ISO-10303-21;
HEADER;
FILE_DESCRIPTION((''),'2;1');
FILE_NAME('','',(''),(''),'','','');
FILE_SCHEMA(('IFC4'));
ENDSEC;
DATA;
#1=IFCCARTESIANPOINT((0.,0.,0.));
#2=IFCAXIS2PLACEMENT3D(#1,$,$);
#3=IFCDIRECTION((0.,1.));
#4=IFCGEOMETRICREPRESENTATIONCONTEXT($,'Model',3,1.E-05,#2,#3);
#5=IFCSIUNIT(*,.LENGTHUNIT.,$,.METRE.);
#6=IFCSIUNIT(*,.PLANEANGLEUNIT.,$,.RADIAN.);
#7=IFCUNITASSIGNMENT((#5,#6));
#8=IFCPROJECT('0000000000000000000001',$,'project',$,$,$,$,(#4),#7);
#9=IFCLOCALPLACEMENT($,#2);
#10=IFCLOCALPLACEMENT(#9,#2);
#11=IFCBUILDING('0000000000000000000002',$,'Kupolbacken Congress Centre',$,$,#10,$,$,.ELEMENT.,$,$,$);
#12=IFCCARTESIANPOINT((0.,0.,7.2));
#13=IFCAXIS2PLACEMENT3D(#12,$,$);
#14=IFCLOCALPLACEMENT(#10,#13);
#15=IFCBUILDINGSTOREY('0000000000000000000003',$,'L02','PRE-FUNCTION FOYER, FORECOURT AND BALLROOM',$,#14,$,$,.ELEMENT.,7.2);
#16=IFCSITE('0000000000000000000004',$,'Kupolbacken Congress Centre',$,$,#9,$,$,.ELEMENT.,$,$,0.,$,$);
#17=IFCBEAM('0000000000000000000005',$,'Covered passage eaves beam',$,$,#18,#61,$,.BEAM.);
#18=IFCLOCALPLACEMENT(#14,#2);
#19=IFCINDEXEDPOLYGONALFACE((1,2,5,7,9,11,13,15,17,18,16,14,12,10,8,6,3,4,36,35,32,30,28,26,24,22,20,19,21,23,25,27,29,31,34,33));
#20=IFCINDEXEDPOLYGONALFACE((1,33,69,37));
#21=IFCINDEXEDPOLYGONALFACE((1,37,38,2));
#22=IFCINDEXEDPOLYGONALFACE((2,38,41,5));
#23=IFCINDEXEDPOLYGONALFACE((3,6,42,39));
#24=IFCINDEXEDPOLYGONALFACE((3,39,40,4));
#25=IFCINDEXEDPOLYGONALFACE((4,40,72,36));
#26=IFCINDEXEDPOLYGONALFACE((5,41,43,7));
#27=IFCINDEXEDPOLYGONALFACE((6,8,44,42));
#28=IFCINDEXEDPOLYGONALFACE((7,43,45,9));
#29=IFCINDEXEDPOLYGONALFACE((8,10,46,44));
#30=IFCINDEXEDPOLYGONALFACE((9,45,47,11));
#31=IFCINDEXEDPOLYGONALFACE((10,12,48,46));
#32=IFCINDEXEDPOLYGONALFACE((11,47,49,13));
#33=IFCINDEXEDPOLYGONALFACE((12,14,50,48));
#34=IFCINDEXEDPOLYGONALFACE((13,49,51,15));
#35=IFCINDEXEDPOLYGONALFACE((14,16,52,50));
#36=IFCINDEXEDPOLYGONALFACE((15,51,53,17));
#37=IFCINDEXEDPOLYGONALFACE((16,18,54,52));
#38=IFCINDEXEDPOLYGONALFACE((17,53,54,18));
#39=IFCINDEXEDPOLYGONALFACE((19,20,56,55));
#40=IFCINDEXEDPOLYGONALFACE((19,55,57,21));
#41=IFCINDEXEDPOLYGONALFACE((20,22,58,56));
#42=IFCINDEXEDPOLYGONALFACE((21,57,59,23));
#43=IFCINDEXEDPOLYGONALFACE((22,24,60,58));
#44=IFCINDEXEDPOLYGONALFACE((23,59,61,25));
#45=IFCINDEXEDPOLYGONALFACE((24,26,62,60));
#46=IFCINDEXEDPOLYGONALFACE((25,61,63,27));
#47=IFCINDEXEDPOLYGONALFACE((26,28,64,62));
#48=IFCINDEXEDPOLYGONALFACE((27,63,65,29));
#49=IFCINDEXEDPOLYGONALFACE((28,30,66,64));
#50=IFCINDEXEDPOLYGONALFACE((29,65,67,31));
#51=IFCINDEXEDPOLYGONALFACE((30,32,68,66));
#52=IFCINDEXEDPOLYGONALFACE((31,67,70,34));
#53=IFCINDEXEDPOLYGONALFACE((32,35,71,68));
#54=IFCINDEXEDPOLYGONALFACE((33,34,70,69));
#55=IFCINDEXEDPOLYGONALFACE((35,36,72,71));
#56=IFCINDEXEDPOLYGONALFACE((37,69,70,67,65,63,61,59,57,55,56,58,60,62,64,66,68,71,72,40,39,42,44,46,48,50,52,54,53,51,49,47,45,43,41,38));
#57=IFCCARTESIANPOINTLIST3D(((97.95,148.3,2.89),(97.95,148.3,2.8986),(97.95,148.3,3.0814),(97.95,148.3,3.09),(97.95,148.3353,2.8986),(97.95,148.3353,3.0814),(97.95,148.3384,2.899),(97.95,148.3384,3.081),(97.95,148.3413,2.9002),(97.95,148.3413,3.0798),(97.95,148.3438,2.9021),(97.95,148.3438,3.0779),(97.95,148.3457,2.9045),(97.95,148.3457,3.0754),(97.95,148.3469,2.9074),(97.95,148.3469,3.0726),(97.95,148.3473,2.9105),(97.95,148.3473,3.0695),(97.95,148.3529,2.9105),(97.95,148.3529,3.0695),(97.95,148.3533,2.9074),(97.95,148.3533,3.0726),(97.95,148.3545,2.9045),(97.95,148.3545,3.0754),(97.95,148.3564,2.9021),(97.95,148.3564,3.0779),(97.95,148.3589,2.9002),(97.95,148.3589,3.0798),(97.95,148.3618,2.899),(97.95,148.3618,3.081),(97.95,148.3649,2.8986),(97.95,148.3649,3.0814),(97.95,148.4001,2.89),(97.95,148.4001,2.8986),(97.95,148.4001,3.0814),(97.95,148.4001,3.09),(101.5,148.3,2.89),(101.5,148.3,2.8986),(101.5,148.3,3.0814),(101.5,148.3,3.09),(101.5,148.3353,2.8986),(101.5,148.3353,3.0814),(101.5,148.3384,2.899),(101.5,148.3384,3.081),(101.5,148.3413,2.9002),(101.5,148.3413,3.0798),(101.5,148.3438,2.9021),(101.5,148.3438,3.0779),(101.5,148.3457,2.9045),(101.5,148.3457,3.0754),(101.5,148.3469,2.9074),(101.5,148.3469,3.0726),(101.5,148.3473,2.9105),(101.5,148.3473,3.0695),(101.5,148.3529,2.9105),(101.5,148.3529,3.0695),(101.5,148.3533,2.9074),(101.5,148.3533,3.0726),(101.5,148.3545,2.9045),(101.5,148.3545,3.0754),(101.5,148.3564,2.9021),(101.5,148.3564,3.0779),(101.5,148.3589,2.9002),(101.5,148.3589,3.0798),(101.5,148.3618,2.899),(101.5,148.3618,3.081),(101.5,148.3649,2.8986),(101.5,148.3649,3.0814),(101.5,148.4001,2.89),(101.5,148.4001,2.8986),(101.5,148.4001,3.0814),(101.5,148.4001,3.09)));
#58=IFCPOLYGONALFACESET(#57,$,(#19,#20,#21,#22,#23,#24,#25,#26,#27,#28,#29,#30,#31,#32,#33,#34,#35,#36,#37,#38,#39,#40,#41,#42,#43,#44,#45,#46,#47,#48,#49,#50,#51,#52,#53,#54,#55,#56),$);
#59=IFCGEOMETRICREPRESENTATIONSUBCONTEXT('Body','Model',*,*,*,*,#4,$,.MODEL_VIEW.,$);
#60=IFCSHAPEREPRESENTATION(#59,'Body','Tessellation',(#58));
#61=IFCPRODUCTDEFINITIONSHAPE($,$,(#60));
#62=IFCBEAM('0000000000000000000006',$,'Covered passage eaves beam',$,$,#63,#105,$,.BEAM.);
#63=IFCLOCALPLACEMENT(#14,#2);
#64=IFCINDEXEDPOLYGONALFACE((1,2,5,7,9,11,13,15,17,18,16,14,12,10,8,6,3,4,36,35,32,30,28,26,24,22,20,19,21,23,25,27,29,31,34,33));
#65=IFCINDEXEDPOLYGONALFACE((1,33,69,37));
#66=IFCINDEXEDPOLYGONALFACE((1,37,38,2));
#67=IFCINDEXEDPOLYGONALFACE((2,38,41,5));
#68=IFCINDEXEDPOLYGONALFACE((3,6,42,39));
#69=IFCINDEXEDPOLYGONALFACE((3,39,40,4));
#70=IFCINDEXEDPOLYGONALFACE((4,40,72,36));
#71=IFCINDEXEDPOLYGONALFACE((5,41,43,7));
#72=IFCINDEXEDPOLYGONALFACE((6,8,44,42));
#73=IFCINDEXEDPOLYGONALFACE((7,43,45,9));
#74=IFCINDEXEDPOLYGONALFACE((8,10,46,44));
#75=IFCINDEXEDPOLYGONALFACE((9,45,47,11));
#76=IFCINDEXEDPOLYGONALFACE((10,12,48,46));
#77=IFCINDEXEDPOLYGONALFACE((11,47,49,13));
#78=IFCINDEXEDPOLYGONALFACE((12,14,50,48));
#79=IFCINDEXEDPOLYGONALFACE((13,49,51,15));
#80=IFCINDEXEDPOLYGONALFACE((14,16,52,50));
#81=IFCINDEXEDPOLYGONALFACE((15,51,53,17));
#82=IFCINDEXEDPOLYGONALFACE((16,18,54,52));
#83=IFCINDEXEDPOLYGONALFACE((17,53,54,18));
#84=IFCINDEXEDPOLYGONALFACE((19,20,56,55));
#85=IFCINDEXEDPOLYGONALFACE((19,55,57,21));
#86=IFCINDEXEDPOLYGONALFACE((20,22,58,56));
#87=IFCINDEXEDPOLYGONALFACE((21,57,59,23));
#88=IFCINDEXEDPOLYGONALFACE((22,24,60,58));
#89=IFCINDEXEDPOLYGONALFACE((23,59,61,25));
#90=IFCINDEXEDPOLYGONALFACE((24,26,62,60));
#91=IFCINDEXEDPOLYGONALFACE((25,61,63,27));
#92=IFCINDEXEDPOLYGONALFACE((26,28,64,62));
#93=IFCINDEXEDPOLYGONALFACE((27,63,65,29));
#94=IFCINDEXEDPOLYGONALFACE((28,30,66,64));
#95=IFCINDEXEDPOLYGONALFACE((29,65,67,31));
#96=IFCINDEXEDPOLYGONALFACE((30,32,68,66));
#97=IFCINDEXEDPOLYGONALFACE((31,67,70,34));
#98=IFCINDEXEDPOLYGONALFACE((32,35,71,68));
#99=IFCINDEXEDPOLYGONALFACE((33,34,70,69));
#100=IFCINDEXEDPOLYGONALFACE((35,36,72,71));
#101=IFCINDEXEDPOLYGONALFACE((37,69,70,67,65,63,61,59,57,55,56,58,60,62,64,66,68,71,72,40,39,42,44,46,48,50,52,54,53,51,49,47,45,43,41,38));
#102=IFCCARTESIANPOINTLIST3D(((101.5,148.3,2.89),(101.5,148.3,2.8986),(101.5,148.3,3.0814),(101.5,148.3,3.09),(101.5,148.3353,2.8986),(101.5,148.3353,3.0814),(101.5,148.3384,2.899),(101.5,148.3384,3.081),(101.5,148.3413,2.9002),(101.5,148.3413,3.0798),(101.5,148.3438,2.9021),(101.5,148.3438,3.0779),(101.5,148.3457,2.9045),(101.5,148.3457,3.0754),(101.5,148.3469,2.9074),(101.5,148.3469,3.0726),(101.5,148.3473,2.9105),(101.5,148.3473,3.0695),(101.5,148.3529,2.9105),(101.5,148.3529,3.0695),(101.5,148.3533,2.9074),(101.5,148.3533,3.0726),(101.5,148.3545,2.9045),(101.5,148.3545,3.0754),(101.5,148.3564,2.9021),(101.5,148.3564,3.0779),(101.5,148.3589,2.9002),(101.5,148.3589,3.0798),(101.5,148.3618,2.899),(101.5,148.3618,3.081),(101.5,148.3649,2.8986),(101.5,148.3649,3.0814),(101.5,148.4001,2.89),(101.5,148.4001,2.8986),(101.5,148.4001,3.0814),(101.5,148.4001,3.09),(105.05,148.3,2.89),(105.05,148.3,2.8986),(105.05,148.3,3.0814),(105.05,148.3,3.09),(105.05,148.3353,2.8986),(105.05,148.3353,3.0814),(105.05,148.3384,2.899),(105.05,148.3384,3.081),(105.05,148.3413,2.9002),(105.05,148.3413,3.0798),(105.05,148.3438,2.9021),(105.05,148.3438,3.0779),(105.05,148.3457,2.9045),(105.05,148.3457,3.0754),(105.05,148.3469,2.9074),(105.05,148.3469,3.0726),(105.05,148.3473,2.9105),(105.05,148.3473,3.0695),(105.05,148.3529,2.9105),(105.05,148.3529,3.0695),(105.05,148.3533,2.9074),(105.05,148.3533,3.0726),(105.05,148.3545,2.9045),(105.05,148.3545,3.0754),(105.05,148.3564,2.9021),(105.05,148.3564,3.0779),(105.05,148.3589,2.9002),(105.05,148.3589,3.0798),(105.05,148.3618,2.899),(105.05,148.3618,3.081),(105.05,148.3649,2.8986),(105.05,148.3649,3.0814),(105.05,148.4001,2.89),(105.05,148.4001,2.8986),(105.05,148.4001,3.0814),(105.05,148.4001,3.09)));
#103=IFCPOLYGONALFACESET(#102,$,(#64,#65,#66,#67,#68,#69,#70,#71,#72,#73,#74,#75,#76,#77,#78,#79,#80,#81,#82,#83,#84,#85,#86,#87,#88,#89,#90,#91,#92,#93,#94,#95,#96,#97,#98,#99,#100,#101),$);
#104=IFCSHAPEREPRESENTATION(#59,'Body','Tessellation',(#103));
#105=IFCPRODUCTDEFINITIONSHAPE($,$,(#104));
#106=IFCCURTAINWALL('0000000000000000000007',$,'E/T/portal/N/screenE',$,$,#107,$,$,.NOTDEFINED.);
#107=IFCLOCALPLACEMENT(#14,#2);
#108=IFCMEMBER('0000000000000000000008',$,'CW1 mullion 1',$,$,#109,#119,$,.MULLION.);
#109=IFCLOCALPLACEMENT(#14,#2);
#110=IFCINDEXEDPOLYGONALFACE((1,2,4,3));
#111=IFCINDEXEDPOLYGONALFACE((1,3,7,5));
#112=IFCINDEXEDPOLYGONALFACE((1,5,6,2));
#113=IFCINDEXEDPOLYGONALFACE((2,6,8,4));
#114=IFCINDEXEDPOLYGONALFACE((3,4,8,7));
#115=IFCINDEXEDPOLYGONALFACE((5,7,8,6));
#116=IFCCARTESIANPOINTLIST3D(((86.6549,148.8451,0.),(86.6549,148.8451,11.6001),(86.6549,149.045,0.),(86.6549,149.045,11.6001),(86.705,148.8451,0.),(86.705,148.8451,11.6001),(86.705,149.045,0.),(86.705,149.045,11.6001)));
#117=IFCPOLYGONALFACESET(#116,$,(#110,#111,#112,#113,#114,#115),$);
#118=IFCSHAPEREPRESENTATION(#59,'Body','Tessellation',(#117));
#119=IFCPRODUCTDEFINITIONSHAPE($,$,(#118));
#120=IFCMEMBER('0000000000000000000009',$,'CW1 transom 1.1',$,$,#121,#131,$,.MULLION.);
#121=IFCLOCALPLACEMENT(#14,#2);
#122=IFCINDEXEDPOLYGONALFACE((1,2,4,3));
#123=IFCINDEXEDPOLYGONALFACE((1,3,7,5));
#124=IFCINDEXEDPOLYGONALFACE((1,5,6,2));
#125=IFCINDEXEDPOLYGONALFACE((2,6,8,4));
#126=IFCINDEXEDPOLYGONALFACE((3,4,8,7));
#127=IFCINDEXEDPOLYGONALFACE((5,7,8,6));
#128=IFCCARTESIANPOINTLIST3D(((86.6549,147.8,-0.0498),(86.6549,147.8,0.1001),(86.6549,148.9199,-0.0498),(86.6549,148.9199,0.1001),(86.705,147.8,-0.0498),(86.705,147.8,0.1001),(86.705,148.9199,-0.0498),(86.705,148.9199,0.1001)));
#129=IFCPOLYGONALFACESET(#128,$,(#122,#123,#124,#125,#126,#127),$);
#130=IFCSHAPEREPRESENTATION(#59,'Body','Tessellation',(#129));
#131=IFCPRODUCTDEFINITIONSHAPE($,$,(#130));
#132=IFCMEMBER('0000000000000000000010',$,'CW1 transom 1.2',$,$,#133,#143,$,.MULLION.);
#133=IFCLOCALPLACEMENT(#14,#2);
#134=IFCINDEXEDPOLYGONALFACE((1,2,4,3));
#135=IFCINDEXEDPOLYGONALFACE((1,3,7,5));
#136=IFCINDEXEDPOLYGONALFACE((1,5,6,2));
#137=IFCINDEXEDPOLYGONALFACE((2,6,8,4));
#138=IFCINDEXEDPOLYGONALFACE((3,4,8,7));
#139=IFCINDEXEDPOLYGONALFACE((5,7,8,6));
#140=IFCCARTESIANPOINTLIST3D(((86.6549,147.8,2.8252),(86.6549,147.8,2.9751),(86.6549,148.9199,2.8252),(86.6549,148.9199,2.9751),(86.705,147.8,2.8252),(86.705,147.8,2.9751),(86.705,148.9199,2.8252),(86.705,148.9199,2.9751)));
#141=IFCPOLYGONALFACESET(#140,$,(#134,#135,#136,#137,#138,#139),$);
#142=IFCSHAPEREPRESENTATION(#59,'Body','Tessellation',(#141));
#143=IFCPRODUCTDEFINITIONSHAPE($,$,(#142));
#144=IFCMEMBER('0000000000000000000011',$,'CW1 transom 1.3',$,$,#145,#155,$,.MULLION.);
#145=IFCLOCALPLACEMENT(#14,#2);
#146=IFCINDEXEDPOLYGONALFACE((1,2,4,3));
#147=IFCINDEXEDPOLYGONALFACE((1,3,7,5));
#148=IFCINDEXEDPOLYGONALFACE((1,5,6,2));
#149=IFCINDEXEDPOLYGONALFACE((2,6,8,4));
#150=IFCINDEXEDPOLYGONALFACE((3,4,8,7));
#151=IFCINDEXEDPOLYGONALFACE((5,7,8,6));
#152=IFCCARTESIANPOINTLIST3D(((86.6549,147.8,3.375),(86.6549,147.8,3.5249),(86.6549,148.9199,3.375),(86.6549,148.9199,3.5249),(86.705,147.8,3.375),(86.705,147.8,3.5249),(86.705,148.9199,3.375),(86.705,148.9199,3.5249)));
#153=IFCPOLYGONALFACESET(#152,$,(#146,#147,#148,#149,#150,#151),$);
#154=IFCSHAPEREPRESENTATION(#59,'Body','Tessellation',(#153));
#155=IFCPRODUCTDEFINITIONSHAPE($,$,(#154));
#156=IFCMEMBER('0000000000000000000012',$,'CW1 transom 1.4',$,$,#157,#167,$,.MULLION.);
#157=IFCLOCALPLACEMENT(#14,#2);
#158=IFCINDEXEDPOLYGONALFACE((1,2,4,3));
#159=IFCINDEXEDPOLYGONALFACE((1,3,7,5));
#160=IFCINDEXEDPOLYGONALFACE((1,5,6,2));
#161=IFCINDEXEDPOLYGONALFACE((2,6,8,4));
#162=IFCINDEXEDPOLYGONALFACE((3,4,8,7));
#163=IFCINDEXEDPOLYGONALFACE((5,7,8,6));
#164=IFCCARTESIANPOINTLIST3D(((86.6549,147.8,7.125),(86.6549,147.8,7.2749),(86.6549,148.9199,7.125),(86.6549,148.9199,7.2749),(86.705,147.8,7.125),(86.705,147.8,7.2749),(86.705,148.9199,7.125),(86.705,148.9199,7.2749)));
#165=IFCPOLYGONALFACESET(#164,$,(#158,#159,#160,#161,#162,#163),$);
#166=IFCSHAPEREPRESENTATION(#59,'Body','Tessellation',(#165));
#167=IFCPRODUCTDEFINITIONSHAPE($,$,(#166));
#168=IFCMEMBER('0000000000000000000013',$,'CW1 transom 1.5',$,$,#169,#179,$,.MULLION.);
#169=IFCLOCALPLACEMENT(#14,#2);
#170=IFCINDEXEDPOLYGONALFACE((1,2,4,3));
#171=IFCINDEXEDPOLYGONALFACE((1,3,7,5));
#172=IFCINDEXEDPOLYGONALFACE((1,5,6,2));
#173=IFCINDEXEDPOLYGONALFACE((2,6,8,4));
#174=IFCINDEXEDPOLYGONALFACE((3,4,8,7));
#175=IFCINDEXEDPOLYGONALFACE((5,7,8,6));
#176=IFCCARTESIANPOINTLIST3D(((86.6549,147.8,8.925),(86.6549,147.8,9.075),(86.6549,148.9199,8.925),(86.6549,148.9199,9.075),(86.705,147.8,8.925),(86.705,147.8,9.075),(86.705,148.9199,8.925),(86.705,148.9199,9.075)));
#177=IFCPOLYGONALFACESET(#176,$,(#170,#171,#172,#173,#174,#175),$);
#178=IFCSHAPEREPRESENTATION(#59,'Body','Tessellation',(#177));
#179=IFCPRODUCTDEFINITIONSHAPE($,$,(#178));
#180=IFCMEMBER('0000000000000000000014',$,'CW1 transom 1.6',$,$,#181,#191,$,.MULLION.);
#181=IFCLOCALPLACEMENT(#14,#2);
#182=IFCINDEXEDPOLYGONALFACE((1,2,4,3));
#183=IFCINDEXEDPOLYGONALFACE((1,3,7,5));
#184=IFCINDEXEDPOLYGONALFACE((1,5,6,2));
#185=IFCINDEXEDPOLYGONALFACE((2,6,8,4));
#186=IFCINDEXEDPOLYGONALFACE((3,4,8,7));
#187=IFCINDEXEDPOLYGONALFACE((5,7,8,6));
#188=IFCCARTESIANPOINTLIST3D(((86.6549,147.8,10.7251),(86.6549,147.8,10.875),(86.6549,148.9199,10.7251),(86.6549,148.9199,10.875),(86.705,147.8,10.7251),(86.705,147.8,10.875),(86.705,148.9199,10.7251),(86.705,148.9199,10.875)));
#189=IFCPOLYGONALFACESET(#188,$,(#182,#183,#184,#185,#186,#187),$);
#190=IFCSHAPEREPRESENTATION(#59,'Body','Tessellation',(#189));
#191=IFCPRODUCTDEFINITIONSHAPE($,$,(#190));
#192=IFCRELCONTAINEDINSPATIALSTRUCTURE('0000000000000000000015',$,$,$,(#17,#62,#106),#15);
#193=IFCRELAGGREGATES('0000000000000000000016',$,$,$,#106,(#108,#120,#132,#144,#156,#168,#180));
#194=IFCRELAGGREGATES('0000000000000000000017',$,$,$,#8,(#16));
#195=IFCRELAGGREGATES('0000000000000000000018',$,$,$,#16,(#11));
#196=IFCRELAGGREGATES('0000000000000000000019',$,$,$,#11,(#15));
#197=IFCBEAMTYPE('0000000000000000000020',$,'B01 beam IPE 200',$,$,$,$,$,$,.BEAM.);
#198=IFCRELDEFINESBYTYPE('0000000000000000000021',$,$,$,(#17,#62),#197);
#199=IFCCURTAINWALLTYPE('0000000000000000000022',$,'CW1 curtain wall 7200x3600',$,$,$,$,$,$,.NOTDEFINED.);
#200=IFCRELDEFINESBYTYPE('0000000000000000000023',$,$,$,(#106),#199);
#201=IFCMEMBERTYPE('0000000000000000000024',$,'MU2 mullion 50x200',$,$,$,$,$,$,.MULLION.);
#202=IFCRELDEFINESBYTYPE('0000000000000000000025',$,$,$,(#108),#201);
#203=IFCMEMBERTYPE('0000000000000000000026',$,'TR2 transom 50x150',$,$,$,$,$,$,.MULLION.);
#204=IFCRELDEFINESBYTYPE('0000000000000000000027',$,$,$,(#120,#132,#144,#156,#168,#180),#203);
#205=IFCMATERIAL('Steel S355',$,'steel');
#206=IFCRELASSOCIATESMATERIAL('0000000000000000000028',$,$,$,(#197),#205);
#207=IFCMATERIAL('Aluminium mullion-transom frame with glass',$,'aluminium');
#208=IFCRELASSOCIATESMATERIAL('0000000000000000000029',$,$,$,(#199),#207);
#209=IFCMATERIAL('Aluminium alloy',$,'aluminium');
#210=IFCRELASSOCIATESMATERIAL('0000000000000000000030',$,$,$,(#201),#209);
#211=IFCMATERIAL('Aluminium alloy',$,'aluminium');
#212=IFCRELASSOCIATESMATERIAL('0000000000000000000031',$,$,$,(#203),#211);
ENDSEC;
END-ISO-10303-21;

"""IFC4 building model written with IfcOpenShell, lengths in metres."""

from ifc_helpers import new_model, si_unit, direction, frame, origin, origin_2d, place, context, subcontext, project, spatial, rectangle, i_section, extrude, material, material_profile, profile_set, type_object, element, aggregate, save


model = new_model("IFC4")

# Units and contexts
model_context = context("Model", 3, precision=1e-05, world=origin(), true_north=direction((0.0, 1.0)))
body_context = subcontext(model_context, "Body", "Model", "MODEL_VIEW")
ifc_project = project(units=[si_unit("LENGTHUNIT", "METRE"), si_unit("PLANEANGLEUNIT", "RADIAN")], contexts=[model_context])

# Site, building, storey
site_placement = place(None, origin())
site = spatial("IfcSite", under=ifc_project, at=site_placement, Name="Kupolbacken Congress Centre", CompositionType="ELEMENT", RefElevation=0.0)
building_placement = place(site_placement, origin())
building = spatial("IfcBuilding", under=site, at=building_placement, Name="Kupolbacken Congress Centre", CompositionType="ELEMENT")
storey_placement = place(building_placement, frame((0.0, 0.0, 7.2)))
storey = spatial("IfcBuildingStorey", under=building, at=storey_placement, Name="L02", Description="PRE-FUNCTION FOYER, FORECOURT AND BALLROOM", CompositionType="ELEMENT", Elevation=7.2)

# Beams
ifc_material_1 = material(Name="Steel S355", Category="steel")
ifc_material_profile_1 = material_profile(ifc_material_1, i_section(OverallWidth=0.1001, OverallDepth=0.2, WebThickness=0.0056, FlangeThickness=0.0085, FilletRadius=0.012, at=origin_2d()), Name="IPE 200")
ifc_profile_set_1 = profile_set([ifc_material_profile_1], Name="Steel S355")
beam_type = type_object("IfcBeamType", Name="B01 beam IPE 200", PredefinedType="BEAM", material=ifc_profile_set_1)
for number, where, z_axis, x_axis, name in (
    (1, (97.95, 148.3501, 2.99), (1.0, 0.0, 0.0), (0.0, 1.0, 0.0), "Covered passage eaves beam"),
    (2, (101.5, 148.3501, 2.99), (1.0, 0.0, 0.0), (0.0, 1.0, 0.0), "Covered passage eaves beam"),
):
    element("IfcBeam", number, at=place(storey_placement, frame(where, z_axis=z_axis, x_axis=x_axis)), inside=storey, type_object=beam_type, Name=name, PredefinedType="BEAM", context=body_context, shape_type="SweptSolid", body=[
        extrude(i_section(OverallWidth=0.1001, OverallDepth=0.2, WebThickness=0.0056, FlangeThickness=0.0085, FilletRadius=0.012, at=origin_2d()), origin(), (0.0, 0.0, 1.0), 3.55),
    ])

# Curtain wall, members
ifc_material_2 = material(Name="Aluminium mullion-transom frame with glass", Category="aluminium")
curtain_wall_type = type_object("IfcCurtainWallType", Name="CW1 curtain wall 7200x3600", PredefinedType="NOTDEFINED", material=ifc_material_2)
curtain_wall_placement = place(storey_placement, origin())
curtain_wall = element("IfcCurtainWall", 3, at=curtain_wall_placement, inside=storey, type_object=curtain_wall_type, Name="E/T/portal/N/screenE", PredefinedType="NOTDEFINED")
ifc_material_3 = material(Name="Aluminium alloy", Category="aluminium")
ifc_material_profile_2 = material_profile(ifc_material_3, rectangle(XDim=0.05, YDim=0.2, at=origin_2d()), Name="50 x 200")
ifc_profile_set_2 = profile_set([ifc_material_profile_2], Name="Aluminium alloy")
member_type_1 = type_object("IfcMemberType", Name="MU2 mullion 50x200", PredefinedType="MULLION", material=ifc_profile_set_2)
member_1_placement = place(storey_placement, frame((86.6799, 148.9451, 0.0), z_axis=(0.0, 0.0, 1.0), x_axis=(1.0, 0.0, 0.0)))
member_1 = element("IfcMember", 4, at=member_1_placement, type_object=member_type_1, Name="CW1 mullion 1", PredefinedType="MULLION", context=body_context, shape_type="SweptSolid", body=[
    extrude(rectangle(XDim=0.05, YDim=0.2, at=origin_2d()), origin(), (0.0, 0.0, 1.0), 11.6001),
])
ifc_material_4 = material(Name="Aluminium alloy", Category="aluminium")
ifc_material_profile_3 = material_profile(ifc_material_4, rectangle(XDim=0.05, YDim=0.1499, at=origin_2d()), Name="50 x 150")
ifc_profile_set_3 = profile_set([ifc_material_profile_3], Name="Aluminium alloy")
member_type_2 = type_object("IfcMemberType", Name="TR2 transom 50x150", PredefinedType="MULLION", material=ifc_profile_set_3)
member_2_placement = place(storey_placement, frame((86.6799, 148.9199, 0.0251), z_axis=(0.0, -1.0, 0.0), x_axis=(1.0, 0.0, 0.0)))
member_2 = element("IfcMember", 5, at=member_2_placement, type_object=member_type_2, Name="CW1 transom 1.1", PredefinedType="MULLION", context=body_context, shape_type="SweptSolid", body=[
    extrude(rectangle(XDim=0.05, YDim=0.1499, at=origin_2d()), origin(), (0.0, 0.0, 1.0), 1.1199),
])
member_3_placement = place(storey_placement, frame((86.6799, 148.9199, 2.9001), z_axis=(0.0, -1.0, 0.0), x_axis=(1.0, 0.0, 0.0)))
member_3 = element("IfcMember", 6, at=member_3_placement, type_object=member_type_2, Name="CW1 transom 1.2", PredefinedType="MULLION", context=body_context, shape_type="SweptSolid", body=[
    extrude(rectangle(XDim=0.05, YDim=0.1499, at=origin_2d()), origin(), (0.0, 0.0, 1.0), 1.1199),
])
member_4_placement = place(storey_placement, frame((86.6799, 148.9199, 3.45), z_axis=(0.0, -1.0, 0.0), x_axis=(1.0, 0.0, 0.0)))
member_4 = element("IfcMember", 7, at=member_4_placement, type_object=member_type_2, Name="CW1 transom 1.3", PredefinedType="MULLION", context=body_context, shape_type="SweptSolid", body=[
    extrude(rectangle(XDim=0.05, YDim=0.1499, at=origin_2d()), origin(), (0.0, 0.0, 1.0), 1.1199),
])
member_5_placement = place(storey_placement, frame((86.6799, 148.9199, 7.2), z_axis=(0.0, -1.0, 0.0), x_axis=(1.0, 0.0, 0.0)))
member_5 = element("IfcMember", 8, at=member_5_placement, type_object=member_type_2, Name="CW1 transom 1.4", PredefinedType="MULLION", context=body_context, shape_type="SweptSolid", body=[
    extrude(rectangle(XDim=0.05, YDim=0.1499, at=origin_2d()), origin(), (0.0, 0.0, 1.0), 1.1199),
])
member_6_placement = place(storey_placement, frame((86.6799, 148.9199, 9.0), z_axis=(0.0, -1.0, 0.0), x_axis=(1.0, 0.0, 0.0)))
member_6 = element("IfcMember", 9, at=member_6_placement, type_object=member_type_2, Name="CW1 transom 1.5", PredefinedType="MULLION", context=body_context, shape_type="SweptSolid", body=[
    extrude(rectangle(XDim=0.05, YDim=0.1499, at=origin_2d()), origin(), (0.0, 0.0, 1.0), 1.1199),
])
member_7_placement = place(storey_placement, frame((86.6799, 148.9199, 10.8), z_axis=(0.0, -1.0, 0.0), x_axis=(1.0, 0.0, 0.0)))
member_7 = element("IfcMember", 10, at=member_7_placement, type_object=member_type_2, Name="CW1 transom 1.6", PredefinedType="MULLION", context=body_context, shape_type="SweptSolid", body=[
    extrude(rectangle(XDim=0.05, YDim=0.1499, at=origin_2d()), origin(), (0.0, 0.0, 1.0), 1.1199),
])
aggregate(curtain_wall, [member_1, member_2, member_3, member_4, member_5, member_6, member_7])

save(model, "model.ifc")
